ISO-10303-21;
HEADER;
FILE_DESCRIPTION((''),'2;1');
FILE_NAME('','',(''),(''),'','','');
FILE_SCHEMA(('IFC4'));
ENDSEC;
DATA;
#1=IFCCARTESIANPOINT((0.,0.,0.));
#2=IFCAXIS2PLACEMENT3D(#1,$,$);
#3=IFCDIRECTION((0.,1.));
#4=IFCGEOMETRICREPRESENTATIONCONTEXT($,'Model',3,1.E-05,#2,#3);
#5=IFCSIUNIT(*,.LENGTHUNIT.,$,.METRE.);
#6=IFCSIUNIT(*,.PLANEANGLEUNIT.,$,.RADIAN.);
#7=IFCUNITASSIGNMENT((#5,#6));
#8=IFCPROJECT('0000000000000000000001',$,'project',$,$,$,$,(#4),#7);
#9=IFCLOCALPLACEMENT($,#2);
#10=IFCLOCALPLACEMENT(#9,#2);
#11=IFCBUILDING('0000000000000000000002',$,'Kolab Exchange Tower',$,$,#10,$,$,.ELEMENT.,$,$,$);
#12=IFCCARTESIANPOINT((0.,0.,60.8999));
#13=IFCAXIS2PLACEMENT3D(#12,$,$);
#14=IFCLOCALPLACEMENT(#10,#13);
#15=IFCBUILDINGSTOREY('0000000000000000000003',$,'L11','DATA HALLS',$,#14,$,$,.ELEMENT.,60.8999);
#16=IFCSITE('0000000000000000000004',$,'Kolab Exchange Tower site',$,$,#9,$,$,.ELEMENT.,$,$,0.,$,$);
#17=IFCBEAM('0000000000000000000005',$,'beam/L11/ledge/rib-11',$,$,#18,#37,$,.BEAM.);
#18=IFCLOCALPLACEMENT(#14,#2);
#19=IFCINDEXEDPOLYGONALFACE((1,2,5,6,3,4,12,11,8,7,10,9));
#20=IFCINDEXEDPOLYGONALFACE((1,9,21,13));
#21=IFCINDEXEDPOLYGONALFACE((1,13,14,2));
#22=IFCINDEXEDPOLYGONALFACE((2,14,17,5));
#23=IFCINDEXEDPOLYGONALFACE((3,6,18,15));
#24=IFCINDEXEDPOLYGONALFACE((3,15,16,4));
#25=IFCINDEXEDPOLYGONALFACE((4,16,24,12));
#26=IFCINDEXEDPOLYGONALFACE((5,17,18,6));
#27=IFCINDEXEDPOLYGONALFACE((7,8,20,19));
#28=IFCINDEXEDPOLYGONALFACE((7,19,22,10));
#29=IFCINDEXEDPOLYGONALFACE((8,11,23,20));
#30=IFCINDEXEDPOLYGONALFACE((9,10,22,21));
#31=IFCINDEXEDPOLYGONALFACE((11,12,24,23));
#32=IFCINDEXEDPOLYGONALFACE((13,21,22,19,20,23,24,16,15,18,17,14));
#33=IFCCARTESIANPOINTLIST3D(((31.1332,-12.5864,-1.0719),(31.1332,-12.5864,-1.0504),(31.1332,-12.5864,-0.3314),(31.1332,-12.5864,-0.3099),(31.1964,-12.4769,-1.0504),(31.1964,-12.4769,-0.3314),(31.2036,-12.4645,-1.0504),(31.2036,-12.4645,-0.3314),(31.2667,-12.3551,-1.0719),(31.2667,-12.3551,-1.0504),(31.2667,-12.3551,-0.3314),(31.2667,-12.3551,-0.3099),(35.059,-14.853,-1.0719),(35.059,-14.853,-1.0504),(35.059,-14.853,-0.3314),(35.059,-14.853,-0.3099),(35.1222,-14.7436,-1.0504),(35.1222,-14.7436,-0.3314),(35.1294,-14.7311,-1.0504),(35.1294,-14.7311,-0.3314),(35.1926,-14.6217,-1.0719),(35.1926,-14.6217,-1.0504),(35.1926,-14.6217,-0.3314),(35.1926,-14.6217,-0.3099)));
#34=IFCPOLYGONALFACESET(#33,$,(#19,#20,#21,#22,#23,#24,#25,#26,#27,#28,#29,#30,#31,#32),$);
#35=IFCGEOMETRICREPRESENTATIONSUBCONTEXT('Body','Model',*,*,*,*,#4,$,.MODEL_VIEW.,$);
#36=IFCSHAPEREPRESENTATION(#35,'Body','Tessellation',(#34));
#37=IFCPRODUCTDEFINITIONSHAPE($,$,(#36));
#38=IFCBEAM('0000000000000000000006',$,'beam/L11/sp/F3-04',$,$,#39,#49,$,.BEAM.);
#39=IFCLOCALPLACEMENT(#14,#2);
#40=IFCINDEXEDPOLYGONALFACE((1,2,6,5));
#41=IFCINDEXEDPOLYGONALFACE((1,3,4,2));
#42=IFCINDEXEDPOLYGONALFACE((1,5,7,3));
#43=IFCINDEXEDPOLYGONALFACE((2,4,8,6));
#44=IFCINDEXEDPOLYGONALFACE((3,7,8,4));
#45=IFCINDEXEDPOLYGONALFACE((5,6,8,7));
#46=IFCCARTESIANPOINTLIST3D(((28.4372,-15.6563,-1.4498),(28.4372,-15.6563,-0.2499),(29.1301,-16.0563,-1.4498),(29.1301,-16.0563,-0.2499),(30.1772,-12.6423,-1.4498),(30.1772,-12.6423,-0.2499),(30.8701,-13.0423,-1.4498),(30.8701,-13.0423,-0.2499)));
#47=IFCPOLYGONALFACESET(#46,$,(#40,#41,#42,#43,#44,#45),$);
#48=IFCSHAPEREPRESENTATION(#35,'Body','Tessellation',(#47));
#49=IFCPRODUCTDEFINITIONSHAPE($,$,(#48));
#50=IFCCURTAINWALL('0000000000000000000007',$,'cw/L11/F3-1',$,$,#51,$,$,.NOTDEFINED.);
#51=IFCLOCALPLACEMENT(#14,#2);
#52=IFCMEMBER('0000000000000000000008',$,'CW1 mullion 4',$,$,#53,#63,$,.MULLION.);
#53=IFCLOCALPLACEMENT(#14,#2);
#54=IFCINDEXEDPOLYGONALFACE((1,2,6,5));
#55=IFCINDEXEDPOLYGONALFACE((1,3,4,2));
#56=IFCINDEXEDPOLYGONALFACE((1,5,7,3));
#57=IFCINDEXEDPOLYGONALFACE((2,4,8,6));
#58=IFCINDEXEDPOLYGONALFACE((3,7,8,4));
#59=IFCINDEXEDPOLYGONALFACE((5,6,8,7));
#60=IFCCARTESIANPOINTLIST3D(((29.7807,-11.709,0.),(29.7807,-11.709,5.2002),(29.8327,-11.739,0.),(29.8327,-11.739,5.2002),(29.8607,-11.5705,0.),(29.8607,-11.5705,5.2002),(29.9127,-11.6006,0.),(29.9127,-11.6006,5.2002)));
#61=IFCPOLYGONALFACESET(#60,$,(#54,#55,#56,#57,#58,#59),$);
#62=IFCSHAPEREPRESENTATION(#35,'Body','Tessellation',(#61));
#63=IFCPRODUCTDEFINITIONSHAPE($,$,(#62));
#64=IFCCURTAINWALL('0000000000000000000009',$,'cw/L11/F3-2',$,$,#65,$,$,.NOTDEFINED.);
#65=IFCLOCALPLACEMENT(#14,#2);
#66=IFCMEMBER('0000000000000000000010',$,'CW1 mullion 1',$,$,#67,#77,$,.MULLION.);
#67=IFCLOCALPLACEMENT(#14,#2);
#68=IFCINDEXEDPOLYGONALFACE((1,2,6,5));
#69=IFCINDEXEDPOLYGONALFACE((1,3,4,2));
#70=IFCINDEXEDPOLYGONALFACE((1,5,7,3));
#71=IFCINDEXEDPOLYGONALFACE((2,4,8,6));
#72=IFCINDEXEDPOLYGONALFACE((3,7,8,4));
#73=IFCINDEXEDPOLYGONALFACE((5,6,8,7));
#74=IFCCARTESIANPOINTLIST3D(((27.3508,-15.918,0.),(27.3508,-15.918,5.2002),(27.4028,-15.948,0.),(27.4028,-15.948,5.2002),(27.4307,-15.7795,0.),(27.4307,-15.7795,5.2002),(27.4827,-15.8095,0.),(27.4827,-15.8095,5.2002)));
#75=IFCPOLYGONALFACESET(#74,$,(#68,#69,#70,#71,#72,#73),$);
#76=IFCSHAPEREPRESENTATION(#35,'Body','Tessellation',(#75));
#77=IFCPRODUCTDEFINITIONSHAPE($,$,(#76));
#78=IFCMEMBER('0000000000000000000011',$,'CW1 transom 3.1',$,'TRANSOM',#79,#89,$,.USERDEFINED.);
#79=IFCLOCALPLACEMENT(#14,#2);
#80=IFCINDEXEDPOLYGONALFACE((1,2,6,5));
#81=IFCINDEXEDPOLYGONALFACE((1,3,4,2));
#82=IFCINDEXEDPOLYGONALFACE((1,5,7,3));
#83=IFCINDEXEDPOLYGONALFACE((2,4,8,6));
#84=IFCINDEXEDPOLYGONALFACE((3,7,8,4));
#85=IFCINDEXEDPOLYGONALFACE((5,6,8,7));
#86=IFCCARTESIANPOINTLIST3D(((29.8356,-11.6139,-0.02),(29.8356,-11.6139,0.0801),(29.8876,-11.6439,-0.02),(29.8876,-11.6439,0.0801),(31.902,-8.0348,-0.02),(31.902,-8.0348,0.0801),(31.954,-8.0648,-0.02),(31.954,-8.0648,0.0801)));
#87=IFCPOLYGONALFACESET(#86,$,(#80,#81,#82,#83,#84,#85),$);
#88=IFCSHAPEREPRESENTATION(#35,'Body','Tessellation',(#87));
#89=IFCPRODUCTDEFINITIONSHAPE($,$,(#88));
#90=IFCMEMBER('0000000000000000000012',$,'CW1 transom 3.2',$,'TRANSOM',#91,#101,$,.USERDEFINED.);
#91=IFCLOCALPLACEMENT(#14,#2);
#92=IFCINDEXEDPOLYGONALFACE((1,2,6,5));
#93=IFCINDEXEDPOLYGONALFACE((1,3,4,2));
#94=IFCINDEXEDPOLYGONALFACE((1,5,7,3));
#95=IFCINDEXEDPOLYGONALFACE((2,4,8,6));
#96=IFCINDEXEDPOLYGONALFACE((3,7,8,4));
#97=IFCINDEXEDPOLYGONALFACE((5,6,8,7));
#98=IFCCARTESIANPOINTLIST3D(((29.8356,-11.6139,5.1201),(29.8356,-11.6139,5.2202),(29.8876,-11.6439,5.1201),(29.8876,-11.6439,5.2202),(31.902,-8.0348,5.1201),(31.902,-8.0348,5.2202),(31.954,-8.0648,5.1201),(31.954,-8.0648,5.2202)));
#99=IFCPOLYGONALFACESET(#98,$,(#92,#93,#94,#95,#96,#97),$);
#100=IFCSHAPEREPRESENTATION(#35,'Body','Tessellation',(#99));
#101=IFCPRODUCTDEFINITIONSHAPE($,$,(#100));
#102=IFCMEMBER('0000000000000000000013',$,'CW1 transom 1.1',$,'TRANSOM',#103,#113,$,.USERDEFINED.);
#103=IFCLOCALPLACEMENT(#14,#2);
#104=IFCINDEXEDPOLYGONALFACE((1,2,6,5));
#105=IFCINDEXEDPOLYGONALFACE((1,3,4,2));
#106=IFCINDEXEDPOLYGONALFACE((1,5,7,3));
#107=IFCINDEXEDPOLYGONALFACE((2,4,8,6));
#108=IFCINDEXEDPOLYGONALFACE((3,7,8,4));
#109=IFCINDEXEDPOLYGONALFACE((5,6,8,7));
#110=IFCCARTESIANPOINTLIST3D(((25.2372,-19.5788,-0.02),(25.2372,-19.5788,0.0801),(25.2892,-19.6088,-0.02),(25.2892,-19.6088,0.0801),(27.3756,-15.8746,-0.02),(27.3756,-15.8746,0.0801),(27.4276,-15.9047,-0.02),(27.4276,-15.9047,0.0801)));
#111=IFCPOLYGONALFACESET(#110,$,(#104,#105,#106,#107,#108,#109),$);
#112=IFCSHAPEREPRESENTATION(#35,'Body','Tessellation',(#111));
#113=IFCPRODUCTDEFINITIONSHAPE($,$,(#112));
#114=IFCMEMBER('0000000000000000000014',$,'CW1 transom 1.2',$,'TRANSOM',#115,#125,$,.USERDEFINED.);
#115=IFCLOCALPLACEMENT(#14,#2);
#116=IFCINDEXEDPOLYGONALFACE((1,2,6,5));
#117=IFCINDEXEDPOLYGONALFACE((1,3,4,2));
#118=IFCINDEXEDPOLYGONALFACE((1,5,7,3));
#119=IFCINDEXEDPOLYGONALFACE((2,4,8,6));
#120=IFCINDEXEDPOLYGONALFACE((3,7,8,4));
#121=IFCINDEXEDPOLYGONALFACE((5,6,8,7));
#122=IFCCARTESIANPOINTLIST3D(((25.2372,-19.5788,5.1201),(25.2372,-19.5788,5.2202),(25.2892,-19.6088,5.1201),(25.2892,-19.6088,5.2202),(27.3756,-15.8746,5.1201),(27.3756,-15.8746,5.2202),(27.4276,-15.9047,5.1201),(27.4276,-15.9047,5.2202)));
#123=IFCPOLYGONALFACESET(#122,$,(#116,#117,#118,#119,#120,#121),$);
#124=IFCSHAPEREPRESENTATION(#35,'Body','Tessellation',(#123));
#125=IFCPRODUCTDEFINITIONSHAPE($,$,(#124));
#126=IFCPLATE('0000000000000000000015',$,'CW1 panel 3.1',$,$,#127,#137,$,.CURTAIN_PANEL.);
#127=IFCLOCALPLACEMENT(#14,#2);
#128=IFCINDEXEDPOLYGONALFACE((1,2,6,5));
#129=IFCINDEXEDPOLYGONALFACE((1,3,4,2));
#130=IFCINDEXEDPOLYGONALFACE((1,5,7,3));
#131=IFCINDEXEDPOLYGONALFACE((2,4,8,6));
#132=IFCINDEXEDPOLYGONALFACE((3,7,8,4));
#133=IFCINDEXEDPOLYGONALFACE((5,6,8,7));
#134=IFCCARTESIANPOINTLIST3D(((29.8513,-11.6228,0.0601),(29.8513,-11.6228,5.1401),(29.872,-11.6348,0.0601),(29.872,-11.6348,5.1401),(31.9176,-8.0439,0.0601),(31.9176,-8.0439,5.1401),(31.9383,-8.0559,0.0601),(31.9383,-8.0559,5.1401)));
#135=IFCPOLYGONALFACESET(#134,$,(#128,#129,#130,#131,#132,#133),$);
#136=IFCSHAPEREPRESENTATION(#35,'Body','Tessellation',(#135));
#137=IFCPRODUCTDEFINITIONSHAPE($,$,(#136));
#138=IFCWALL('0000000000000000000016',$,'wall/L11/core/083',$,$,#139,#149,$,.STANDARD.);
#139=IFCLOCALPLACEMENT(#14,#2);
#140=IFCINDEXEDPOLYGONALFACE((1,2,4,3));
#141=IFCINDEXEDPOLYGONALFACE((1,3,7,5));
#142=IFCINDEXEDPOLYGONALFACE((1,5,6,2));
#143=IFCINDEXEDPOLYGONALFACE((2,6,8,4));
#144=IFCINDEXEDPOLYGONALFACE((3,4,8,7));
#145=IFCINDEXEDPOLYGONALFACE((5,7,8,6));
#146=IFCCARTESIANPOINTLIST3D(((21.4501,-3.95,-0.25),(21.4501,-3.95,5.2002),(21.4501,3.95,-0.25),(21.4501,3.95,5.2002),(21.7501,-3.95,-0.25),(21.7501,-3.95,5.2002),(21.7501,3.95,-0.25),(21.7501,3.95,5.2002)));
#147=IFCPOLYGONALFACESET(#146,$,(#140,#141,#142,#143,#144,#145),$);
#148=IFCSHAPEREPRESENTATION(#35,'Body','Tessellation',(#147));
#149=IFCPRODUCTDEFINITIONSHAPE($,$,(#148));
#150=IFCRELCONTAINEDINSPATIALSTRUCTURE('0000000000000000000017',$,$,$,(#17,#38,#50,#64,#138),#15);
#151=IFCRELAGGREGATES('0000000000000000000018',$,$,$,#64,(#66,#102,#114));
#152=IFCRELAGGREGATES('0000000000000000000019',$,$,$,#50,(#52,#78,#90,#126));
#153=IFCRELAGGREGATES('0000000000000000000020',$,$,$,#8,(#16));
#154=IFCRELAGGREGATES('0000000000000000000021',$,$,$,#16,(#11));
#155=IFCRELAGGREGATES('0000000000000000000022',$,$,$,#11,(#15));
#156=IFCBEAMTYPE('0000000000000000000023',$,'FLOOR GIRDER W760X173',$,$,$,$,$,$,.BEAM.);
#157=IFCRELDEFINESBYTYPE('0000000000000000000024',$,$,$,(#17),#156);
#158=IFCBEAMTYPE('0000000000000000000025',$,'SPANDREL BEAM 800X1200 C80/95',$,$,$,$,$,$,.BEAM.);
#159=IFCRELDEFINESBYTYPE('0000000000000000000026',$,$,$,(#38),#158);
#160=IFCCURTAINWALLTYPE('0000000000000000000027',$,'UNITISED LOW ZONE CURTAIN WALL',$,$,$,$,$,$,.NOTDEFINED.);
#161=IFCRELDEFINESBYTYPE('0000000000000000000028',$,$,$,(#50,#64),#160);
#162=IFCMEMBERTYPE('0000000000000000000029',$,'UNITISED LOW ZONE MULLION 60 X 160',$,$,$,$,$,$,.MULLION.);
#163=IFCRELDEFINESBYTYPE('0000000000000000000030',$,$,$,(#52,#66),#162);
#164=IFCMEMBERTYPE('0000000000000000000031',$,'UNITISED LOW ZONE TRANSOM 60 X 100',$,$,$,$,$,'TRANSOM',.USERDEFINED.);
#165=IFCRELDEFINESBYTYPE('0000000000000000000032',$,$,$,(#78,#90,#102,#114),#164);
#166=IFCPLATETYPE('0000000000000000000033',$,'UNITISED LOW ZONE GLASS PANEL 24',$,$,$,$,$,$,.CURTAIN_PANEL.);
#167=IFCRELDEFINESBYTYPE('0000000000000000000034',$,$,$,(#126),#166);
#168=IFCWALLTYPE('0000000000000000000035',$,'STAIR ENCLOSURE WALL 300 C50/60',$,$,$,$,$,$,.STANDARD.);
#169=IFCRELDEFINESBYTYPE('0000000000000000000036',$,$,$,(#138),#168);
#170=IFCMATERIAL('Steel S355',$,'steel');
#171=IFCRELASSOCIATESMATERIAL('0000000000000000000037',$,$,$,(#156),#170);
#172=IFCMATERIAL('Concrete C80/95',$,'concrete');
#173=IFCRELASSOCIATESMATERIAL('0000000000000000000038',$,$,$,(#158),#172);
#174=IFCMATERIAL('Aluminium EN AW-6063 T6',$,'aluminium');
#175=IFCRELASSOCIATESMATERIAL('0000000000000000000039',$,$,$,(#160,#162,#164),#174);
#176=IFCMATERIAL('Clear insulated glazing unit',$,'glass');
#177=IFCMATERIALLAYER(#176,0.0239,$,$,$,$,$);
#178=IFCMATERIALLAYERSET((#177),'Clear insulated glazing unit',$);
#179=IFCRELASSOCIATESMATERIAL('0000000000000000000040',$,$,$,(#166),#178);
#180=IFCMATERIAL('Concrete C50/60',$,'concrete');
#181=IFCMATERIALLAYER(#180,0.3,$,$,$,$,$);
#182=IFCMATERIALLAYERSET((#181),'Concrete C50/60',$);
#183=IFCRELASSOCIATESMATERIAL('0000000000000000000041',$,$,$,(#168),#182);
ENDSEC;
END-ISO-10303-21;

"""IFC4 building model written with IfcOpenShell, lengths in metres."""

from ifc_helpers import new_model, si_unit, direction, frame, frame_2d, origin, origin_2d, place, context, subcontext, project, spatial, rectangle, i_section, extrude, material, layer, layer_set, material_profile, profile_set, type_object, element, aggregate, save


model = new_model("IFC4")

# Units and contexts
model_context = context("Model", 3, precision=1e-05, world=origin(), true_north=direction((0.0, 1.0)))
body_context = subcontext(model_context, "Body", "Model", "MODEL_VIEW")
ifc_project = project(units=[si_unit("LENGTHUNIT", "METRE"), si_unit("PLANEANGLEUNIT", "RADIAN")], contexts=[model_context])

# Site, building, storey
site_placement = place(None, origin())
site = spatial("IfcSite", under=ifc_project, at=site_placement, Name="Kolab Exchange Tower site", CompositionType="ELEMENT", RefElevation=0.0)
building_placement = place(site_placement, origin())
building = spatial("IfcBuilding", under=site, at=building_placement, Name="Kolab Exchange Tower", CompositionType="ELEMENT")
storey_placement = place(building_placement, frame((0.0, 0.0, 60.8999)))
storey = spatial("IfcBuildingStorey", under=building, at=storey_placement, Name="L11", Description="DATA HALLS", CompositionType="ELEMENT", Elevation=60.8999)

# Shared definitions
ifc_material_1 = material(Name="Concrete C80/95", Category="concrete")

# Beams
ifc_material_2 = material(Name="Steel S355", Category="steel")
ifc_material_profile_1 = material_profile(ifc_material_2, i_section(OverallWidth=0.2671, OverallDepth=0.762, WebThickness=0.0144, FlangeThickness=0.0215, at=origin_2d()), Name="W760X173")
ifc_profile_set_1 = profile_set([ifc_material_profile_1], Name="Steel S355")
beam_type_1 = type_object("IfcBeamType", Name="FLOOR GIRDER W760X173", PredefinedType="BEAM", material=ifc_profile_set_1)
beam_1_placement = place(storey_placement, frame((31.2, -12.4707, -0.6909), z_axis=(0.866021, -0.500008, 0.0), x_axis=(0.500008, 0.866021, 0.0)))
element("IfcBeam", 1, at=beam_1_placement, inside=storey, type_object=beam_type_1, Name="beam/L11/ledge/rib-11", PredefinedType="BEAM", context=body_context, shape_type="SweptSolid", body=[
    extrude(i_section(OverallWidth=0.2671, OverallDepth=0.762, WebThickness=0.0144, FlangeThickness=0.0215, at=origin_2d()), origin(), (0.0, 0.0, 1.0), 4.5332),
])
ifc_material_profile_2 = material_profile(ifc_material_1, rectangle(XDim=0.8, YDim=1.2, at=origin_2d()), Name="RC800X1200")
ifc_profile_set_2 = profile_set([ifc_material_profile_2], Name="Concrete C80/95")
beam_type_2 = type_object("IfcBeamType", Name="SPANDREL BEAM 800X1200 C80/95", PredefinedType="BEAM", material=ifc_profile_set_2)
beam_2_placement = place(storey_placement, frame((30.5237, -12.8423, -0.8499), z_axis=(-0.49998, -0.866037, 0.0), x_axis=(0.866037, -0.49998, 0.0)))
element("IfcBeam", 2, at=beam_2_placement, inside=storey, type_object=beam_type_2, Name="beam/L11/sp/F3-04", PredefinedType="BEAM", context=body_context, shape_type="SweptSolid", body=[
    extrude(rectangle(XDim=0.8, YDim=1.2, at=origin_2d()), origin(), (0.0, 0.0, 1.0), 3.4802),
])

# Curtain walls, members
ifc_material_3 = material(Name="Aluminium EN AW-6063 T6", Category="aluminium")
curtain_wall_type = type_object("IfcCurtainWallType", Name="UNITISED LOW ZONE CURTAIN WALL", PredefinedType="NOTDEFINED", material=ifc_material_3)
curtain_wall_1_placement = place(storey_placement, origin())
curtain_wall_1 = element("IfcCurtainWall", 3, at=curtain_wall_1_placement, inside=storey, type_object=curtain_wall_type, Name="cw/L11/F3-1", PredefinedType="NOTDEFINED")
ifc_material_profile_3 = material_profile(ifc_material_3, rectangle(XDim=0.0601, YDim=0.1599, at=origin_2d()), Name="RECT 60X160")
ifc_profile_set_3 = profile_set([ifc_material_profile_3], Name="Aluminium EN AW-6063 T6")
member_type_1 = type_object("IfcMemberType", Name="UNITISED LOW ZONE MULLION 60 X 160", PredefinedType="MULLION", material=ifc_profile_set_3)
member_1_placement = place(storey_placement, frame((29.8467, -11.6548, 0.0), z_axis=(0.0, 0.0, 1.0), x_axis=(0.866025, -0.5, 0.0)))
member_1 = element("IfcMember", 4, at=member_1_placement, type_object=member_type_1, Name="CW1 mullion 4", PredefinedType="MULLION", context=body_context, shape_type="SweptSolid", body=[
    extrude(rectangle(XDim=0.0601, YDim=0.1599, at=origin_2d()), origin(), (0.0, 0.0, 1.0), 5.2002),
])
curtain_wall_2_placement = place(storey_placement, origin())
curtain_wall_2 = element("IfcCurtainWall", 5, at=curtain_wall_2_placement, inside=storey, type_object=curtain_wall_type, Name="cw/L11/F3-2", PredefinedType="NOTDEFINED")
member_2_placement = place(storey_placement, frame((27.4167, -15.8638, 0.0), z_axis=(0.0, 0.0, 1.0), x_axis=(0.866025, -0.5, 0.0)))
member_2 = element("IfcMember", 6, at=member_2_placement, type_object=member_type_1, Name="CW1 mullion 1", PredefinedType="MULLION", context=body_context, shape_type="SweptSolid", body=[
    extrude(rectangle(XDim=0.0601, YDim=0.1599, at=origin_2d()), origin(), (0.0, 0.0, 1.0), 5.2002),
])

# Members
ifc_material_profile_4 = material_profile(ifc_material_3, rectangle(XDim=0.0601, YDim=0.1001, at=origin_2d()), Name="RECT 60X100")
ifc_profile_set_4 = profile_set([ifc_material_profile_4], Name="Aluminium EN AW-6063 T6")
member_type_2 = type_object("IfcMemberType", Name="UNITISED LOW ZONE TRANSOM 60 X 100", ElementType="TRANSOM", PredefinedType="USERDEFINED", material=ifc_profile_set_4)
member_3_placement = place(storey_placement, frame((31.928, -8.0498, 0.03), z_axis=(-0.500002, -0.866024, 0.0), x_axis=(0.866024, -0.500002, 0.0)))
member_3 = element("IfcMember", 7, at=member_3_placement, type_object=member_type_2, Name="CW1 transom 3.1", ObjectType="TRANSOM", PredefinedType="USERDEFINED", context=body_context, shape_type="SweptSolid", body=[
    extrude(rectangle(XDim=0.0601, YDim=0.1001, at=origin_2d()), origin(), (0.0, 0.0, 1.0), 4.1328),
])
member_4_placement = place(storey_placement, frame((31.928, -8.0498, 5.1702), z_axis=(-0.500002, -0.866024, 0.0), x_axis=(0.866024, -0.500002, 0.0)))
member_4 = element("IfcMember", 8, at=member_4_placement, type_object=member_type_2, Name="CW1 transom 3.2", ObjectType="TRANSOM", PredefinedType="USERDEFINED", context=body_context, shape_type="SweptSolid", body=[
    extrude(rectangle(XDim=0.0601, YDim=0.1001, at=origin_2d()), origin(), (0.0, 0.0, 1.0), 4.1328),
])
member_5_placement = place(storey_placement, frame((27.4016, -15.8896, 0.03), z_axis=(-0.499976, -0.866039, 0.0), x_axis=(0.866039, -0.499976, 0.0)))
member_5 = element("IfcMember", 9, at=member_5_placement, type_object=member_type_2, Name="CW1 transom 1.1", ObjectType="TRANSOM", PredefinedType="USERDEFINED", context=body_context, shape_type="SweptSolid", body=[
    extrude(rectangle(XDim=0.0601, YDim=0.1001, at=origin_2d()), origin(), (0.0, 0.0, 1.0), 4.2771),
])
member_6_placement = place(storey_placement, frame((27.4016, -15.8896, 5.1702), z_axis=(-0.499976, -0.866039, 0.0), x_axis=(0.866039, -0.499976, 0.0)))
member_6 = element("IfcMember", 10, at=member_6_placement, type_object=member_type_2, Name="CW1 transom 1.2", ObjectType="TRANSOM", PredefinedType="USERDEFINED", context=body_context, shape_type="SweptSolid", body=[
    extrude(rectangle(XDim=0.0601, YDim=0.1001, at=origin_2d()), origin(), (0.0, 0.0, 1.0), 4.2771),
])
aggregate(curtain_wall_2, [member_2, member_5, member_6])

# Plate
ifc_material_4 = material(Name="Clear insulated glazing unit", Category="glass")
ifc_layer_1 = layer(ifc_material_4, 0.0239)
ifc_layer_set_1 = layer_set([ifc_layer_1], Name="Clear insulated glazing unit")
plate_type = type_object("IfcPlateType", Name="UNITISED LOW ZONE GLASS PANEL 24", PredefinedType="CURTAIN_PANEL", material=ifc_layer_set_1)
plate_placement = place(storey_placement, frame((30.8948, -9.8394, 0.0601), z_axis=(0.0, 0.0, 1.0), x_axis=(-0.5, -0.866025, 0.0)))
plate = element("IfcPlate", 11, at=plate_placement, type_object=plate_type, Name="CW1 panel 3.1", PredefinedType="CURTAIN_PANEL", context=body_context, shape_type="SweptSolid", body=[
    extrude(rectangle(XDim=4.1326, YDim=0.0239, at=origin_2d()), origin(), (0.0, 0.0, 1.0), 5.0801),
])
aggregate(curtain_wall_1, [member_1, member_3, member_4, plate])

# Wall
ifc_material_5 = material(Name="Concrete C50/60", Category="concrete")
ifc_layer_2 = layer(ifc_material_5, 0.3)
ifc_layer_set_2 = layer_set([ifc_layer_2], Name="Concrete C50/60")
wall_type_1 = type_object("IfcWallType", Name="STAIR ENCLOSURE WALL 300 C50/60", PredefinedType="STANDARD", material=ifc_layer_set_2)
wall_1_placement = place(storey_placement, frame((21.6001, -3.95, -0.25), z_axis=(0.0, 0.0, 1.0), x_axis=(0.0, 1.0, 0.0)))
element("IfcWall", 12, at=wall_1_placement, inside=storey, type_object=wall_type_1, Name="wall/L11/core/083", PredefinedType="STANDARD", context=body_context, shape_type="SweptSolid", body=[
    extrude(rectangle(XDim=7.8999, YDim=0.3, at=frame_2d((3.95, 0.0))), origin(), (0.0, 0.0, 1.0), 5.4502),
])

save(model, "model.ifc")
